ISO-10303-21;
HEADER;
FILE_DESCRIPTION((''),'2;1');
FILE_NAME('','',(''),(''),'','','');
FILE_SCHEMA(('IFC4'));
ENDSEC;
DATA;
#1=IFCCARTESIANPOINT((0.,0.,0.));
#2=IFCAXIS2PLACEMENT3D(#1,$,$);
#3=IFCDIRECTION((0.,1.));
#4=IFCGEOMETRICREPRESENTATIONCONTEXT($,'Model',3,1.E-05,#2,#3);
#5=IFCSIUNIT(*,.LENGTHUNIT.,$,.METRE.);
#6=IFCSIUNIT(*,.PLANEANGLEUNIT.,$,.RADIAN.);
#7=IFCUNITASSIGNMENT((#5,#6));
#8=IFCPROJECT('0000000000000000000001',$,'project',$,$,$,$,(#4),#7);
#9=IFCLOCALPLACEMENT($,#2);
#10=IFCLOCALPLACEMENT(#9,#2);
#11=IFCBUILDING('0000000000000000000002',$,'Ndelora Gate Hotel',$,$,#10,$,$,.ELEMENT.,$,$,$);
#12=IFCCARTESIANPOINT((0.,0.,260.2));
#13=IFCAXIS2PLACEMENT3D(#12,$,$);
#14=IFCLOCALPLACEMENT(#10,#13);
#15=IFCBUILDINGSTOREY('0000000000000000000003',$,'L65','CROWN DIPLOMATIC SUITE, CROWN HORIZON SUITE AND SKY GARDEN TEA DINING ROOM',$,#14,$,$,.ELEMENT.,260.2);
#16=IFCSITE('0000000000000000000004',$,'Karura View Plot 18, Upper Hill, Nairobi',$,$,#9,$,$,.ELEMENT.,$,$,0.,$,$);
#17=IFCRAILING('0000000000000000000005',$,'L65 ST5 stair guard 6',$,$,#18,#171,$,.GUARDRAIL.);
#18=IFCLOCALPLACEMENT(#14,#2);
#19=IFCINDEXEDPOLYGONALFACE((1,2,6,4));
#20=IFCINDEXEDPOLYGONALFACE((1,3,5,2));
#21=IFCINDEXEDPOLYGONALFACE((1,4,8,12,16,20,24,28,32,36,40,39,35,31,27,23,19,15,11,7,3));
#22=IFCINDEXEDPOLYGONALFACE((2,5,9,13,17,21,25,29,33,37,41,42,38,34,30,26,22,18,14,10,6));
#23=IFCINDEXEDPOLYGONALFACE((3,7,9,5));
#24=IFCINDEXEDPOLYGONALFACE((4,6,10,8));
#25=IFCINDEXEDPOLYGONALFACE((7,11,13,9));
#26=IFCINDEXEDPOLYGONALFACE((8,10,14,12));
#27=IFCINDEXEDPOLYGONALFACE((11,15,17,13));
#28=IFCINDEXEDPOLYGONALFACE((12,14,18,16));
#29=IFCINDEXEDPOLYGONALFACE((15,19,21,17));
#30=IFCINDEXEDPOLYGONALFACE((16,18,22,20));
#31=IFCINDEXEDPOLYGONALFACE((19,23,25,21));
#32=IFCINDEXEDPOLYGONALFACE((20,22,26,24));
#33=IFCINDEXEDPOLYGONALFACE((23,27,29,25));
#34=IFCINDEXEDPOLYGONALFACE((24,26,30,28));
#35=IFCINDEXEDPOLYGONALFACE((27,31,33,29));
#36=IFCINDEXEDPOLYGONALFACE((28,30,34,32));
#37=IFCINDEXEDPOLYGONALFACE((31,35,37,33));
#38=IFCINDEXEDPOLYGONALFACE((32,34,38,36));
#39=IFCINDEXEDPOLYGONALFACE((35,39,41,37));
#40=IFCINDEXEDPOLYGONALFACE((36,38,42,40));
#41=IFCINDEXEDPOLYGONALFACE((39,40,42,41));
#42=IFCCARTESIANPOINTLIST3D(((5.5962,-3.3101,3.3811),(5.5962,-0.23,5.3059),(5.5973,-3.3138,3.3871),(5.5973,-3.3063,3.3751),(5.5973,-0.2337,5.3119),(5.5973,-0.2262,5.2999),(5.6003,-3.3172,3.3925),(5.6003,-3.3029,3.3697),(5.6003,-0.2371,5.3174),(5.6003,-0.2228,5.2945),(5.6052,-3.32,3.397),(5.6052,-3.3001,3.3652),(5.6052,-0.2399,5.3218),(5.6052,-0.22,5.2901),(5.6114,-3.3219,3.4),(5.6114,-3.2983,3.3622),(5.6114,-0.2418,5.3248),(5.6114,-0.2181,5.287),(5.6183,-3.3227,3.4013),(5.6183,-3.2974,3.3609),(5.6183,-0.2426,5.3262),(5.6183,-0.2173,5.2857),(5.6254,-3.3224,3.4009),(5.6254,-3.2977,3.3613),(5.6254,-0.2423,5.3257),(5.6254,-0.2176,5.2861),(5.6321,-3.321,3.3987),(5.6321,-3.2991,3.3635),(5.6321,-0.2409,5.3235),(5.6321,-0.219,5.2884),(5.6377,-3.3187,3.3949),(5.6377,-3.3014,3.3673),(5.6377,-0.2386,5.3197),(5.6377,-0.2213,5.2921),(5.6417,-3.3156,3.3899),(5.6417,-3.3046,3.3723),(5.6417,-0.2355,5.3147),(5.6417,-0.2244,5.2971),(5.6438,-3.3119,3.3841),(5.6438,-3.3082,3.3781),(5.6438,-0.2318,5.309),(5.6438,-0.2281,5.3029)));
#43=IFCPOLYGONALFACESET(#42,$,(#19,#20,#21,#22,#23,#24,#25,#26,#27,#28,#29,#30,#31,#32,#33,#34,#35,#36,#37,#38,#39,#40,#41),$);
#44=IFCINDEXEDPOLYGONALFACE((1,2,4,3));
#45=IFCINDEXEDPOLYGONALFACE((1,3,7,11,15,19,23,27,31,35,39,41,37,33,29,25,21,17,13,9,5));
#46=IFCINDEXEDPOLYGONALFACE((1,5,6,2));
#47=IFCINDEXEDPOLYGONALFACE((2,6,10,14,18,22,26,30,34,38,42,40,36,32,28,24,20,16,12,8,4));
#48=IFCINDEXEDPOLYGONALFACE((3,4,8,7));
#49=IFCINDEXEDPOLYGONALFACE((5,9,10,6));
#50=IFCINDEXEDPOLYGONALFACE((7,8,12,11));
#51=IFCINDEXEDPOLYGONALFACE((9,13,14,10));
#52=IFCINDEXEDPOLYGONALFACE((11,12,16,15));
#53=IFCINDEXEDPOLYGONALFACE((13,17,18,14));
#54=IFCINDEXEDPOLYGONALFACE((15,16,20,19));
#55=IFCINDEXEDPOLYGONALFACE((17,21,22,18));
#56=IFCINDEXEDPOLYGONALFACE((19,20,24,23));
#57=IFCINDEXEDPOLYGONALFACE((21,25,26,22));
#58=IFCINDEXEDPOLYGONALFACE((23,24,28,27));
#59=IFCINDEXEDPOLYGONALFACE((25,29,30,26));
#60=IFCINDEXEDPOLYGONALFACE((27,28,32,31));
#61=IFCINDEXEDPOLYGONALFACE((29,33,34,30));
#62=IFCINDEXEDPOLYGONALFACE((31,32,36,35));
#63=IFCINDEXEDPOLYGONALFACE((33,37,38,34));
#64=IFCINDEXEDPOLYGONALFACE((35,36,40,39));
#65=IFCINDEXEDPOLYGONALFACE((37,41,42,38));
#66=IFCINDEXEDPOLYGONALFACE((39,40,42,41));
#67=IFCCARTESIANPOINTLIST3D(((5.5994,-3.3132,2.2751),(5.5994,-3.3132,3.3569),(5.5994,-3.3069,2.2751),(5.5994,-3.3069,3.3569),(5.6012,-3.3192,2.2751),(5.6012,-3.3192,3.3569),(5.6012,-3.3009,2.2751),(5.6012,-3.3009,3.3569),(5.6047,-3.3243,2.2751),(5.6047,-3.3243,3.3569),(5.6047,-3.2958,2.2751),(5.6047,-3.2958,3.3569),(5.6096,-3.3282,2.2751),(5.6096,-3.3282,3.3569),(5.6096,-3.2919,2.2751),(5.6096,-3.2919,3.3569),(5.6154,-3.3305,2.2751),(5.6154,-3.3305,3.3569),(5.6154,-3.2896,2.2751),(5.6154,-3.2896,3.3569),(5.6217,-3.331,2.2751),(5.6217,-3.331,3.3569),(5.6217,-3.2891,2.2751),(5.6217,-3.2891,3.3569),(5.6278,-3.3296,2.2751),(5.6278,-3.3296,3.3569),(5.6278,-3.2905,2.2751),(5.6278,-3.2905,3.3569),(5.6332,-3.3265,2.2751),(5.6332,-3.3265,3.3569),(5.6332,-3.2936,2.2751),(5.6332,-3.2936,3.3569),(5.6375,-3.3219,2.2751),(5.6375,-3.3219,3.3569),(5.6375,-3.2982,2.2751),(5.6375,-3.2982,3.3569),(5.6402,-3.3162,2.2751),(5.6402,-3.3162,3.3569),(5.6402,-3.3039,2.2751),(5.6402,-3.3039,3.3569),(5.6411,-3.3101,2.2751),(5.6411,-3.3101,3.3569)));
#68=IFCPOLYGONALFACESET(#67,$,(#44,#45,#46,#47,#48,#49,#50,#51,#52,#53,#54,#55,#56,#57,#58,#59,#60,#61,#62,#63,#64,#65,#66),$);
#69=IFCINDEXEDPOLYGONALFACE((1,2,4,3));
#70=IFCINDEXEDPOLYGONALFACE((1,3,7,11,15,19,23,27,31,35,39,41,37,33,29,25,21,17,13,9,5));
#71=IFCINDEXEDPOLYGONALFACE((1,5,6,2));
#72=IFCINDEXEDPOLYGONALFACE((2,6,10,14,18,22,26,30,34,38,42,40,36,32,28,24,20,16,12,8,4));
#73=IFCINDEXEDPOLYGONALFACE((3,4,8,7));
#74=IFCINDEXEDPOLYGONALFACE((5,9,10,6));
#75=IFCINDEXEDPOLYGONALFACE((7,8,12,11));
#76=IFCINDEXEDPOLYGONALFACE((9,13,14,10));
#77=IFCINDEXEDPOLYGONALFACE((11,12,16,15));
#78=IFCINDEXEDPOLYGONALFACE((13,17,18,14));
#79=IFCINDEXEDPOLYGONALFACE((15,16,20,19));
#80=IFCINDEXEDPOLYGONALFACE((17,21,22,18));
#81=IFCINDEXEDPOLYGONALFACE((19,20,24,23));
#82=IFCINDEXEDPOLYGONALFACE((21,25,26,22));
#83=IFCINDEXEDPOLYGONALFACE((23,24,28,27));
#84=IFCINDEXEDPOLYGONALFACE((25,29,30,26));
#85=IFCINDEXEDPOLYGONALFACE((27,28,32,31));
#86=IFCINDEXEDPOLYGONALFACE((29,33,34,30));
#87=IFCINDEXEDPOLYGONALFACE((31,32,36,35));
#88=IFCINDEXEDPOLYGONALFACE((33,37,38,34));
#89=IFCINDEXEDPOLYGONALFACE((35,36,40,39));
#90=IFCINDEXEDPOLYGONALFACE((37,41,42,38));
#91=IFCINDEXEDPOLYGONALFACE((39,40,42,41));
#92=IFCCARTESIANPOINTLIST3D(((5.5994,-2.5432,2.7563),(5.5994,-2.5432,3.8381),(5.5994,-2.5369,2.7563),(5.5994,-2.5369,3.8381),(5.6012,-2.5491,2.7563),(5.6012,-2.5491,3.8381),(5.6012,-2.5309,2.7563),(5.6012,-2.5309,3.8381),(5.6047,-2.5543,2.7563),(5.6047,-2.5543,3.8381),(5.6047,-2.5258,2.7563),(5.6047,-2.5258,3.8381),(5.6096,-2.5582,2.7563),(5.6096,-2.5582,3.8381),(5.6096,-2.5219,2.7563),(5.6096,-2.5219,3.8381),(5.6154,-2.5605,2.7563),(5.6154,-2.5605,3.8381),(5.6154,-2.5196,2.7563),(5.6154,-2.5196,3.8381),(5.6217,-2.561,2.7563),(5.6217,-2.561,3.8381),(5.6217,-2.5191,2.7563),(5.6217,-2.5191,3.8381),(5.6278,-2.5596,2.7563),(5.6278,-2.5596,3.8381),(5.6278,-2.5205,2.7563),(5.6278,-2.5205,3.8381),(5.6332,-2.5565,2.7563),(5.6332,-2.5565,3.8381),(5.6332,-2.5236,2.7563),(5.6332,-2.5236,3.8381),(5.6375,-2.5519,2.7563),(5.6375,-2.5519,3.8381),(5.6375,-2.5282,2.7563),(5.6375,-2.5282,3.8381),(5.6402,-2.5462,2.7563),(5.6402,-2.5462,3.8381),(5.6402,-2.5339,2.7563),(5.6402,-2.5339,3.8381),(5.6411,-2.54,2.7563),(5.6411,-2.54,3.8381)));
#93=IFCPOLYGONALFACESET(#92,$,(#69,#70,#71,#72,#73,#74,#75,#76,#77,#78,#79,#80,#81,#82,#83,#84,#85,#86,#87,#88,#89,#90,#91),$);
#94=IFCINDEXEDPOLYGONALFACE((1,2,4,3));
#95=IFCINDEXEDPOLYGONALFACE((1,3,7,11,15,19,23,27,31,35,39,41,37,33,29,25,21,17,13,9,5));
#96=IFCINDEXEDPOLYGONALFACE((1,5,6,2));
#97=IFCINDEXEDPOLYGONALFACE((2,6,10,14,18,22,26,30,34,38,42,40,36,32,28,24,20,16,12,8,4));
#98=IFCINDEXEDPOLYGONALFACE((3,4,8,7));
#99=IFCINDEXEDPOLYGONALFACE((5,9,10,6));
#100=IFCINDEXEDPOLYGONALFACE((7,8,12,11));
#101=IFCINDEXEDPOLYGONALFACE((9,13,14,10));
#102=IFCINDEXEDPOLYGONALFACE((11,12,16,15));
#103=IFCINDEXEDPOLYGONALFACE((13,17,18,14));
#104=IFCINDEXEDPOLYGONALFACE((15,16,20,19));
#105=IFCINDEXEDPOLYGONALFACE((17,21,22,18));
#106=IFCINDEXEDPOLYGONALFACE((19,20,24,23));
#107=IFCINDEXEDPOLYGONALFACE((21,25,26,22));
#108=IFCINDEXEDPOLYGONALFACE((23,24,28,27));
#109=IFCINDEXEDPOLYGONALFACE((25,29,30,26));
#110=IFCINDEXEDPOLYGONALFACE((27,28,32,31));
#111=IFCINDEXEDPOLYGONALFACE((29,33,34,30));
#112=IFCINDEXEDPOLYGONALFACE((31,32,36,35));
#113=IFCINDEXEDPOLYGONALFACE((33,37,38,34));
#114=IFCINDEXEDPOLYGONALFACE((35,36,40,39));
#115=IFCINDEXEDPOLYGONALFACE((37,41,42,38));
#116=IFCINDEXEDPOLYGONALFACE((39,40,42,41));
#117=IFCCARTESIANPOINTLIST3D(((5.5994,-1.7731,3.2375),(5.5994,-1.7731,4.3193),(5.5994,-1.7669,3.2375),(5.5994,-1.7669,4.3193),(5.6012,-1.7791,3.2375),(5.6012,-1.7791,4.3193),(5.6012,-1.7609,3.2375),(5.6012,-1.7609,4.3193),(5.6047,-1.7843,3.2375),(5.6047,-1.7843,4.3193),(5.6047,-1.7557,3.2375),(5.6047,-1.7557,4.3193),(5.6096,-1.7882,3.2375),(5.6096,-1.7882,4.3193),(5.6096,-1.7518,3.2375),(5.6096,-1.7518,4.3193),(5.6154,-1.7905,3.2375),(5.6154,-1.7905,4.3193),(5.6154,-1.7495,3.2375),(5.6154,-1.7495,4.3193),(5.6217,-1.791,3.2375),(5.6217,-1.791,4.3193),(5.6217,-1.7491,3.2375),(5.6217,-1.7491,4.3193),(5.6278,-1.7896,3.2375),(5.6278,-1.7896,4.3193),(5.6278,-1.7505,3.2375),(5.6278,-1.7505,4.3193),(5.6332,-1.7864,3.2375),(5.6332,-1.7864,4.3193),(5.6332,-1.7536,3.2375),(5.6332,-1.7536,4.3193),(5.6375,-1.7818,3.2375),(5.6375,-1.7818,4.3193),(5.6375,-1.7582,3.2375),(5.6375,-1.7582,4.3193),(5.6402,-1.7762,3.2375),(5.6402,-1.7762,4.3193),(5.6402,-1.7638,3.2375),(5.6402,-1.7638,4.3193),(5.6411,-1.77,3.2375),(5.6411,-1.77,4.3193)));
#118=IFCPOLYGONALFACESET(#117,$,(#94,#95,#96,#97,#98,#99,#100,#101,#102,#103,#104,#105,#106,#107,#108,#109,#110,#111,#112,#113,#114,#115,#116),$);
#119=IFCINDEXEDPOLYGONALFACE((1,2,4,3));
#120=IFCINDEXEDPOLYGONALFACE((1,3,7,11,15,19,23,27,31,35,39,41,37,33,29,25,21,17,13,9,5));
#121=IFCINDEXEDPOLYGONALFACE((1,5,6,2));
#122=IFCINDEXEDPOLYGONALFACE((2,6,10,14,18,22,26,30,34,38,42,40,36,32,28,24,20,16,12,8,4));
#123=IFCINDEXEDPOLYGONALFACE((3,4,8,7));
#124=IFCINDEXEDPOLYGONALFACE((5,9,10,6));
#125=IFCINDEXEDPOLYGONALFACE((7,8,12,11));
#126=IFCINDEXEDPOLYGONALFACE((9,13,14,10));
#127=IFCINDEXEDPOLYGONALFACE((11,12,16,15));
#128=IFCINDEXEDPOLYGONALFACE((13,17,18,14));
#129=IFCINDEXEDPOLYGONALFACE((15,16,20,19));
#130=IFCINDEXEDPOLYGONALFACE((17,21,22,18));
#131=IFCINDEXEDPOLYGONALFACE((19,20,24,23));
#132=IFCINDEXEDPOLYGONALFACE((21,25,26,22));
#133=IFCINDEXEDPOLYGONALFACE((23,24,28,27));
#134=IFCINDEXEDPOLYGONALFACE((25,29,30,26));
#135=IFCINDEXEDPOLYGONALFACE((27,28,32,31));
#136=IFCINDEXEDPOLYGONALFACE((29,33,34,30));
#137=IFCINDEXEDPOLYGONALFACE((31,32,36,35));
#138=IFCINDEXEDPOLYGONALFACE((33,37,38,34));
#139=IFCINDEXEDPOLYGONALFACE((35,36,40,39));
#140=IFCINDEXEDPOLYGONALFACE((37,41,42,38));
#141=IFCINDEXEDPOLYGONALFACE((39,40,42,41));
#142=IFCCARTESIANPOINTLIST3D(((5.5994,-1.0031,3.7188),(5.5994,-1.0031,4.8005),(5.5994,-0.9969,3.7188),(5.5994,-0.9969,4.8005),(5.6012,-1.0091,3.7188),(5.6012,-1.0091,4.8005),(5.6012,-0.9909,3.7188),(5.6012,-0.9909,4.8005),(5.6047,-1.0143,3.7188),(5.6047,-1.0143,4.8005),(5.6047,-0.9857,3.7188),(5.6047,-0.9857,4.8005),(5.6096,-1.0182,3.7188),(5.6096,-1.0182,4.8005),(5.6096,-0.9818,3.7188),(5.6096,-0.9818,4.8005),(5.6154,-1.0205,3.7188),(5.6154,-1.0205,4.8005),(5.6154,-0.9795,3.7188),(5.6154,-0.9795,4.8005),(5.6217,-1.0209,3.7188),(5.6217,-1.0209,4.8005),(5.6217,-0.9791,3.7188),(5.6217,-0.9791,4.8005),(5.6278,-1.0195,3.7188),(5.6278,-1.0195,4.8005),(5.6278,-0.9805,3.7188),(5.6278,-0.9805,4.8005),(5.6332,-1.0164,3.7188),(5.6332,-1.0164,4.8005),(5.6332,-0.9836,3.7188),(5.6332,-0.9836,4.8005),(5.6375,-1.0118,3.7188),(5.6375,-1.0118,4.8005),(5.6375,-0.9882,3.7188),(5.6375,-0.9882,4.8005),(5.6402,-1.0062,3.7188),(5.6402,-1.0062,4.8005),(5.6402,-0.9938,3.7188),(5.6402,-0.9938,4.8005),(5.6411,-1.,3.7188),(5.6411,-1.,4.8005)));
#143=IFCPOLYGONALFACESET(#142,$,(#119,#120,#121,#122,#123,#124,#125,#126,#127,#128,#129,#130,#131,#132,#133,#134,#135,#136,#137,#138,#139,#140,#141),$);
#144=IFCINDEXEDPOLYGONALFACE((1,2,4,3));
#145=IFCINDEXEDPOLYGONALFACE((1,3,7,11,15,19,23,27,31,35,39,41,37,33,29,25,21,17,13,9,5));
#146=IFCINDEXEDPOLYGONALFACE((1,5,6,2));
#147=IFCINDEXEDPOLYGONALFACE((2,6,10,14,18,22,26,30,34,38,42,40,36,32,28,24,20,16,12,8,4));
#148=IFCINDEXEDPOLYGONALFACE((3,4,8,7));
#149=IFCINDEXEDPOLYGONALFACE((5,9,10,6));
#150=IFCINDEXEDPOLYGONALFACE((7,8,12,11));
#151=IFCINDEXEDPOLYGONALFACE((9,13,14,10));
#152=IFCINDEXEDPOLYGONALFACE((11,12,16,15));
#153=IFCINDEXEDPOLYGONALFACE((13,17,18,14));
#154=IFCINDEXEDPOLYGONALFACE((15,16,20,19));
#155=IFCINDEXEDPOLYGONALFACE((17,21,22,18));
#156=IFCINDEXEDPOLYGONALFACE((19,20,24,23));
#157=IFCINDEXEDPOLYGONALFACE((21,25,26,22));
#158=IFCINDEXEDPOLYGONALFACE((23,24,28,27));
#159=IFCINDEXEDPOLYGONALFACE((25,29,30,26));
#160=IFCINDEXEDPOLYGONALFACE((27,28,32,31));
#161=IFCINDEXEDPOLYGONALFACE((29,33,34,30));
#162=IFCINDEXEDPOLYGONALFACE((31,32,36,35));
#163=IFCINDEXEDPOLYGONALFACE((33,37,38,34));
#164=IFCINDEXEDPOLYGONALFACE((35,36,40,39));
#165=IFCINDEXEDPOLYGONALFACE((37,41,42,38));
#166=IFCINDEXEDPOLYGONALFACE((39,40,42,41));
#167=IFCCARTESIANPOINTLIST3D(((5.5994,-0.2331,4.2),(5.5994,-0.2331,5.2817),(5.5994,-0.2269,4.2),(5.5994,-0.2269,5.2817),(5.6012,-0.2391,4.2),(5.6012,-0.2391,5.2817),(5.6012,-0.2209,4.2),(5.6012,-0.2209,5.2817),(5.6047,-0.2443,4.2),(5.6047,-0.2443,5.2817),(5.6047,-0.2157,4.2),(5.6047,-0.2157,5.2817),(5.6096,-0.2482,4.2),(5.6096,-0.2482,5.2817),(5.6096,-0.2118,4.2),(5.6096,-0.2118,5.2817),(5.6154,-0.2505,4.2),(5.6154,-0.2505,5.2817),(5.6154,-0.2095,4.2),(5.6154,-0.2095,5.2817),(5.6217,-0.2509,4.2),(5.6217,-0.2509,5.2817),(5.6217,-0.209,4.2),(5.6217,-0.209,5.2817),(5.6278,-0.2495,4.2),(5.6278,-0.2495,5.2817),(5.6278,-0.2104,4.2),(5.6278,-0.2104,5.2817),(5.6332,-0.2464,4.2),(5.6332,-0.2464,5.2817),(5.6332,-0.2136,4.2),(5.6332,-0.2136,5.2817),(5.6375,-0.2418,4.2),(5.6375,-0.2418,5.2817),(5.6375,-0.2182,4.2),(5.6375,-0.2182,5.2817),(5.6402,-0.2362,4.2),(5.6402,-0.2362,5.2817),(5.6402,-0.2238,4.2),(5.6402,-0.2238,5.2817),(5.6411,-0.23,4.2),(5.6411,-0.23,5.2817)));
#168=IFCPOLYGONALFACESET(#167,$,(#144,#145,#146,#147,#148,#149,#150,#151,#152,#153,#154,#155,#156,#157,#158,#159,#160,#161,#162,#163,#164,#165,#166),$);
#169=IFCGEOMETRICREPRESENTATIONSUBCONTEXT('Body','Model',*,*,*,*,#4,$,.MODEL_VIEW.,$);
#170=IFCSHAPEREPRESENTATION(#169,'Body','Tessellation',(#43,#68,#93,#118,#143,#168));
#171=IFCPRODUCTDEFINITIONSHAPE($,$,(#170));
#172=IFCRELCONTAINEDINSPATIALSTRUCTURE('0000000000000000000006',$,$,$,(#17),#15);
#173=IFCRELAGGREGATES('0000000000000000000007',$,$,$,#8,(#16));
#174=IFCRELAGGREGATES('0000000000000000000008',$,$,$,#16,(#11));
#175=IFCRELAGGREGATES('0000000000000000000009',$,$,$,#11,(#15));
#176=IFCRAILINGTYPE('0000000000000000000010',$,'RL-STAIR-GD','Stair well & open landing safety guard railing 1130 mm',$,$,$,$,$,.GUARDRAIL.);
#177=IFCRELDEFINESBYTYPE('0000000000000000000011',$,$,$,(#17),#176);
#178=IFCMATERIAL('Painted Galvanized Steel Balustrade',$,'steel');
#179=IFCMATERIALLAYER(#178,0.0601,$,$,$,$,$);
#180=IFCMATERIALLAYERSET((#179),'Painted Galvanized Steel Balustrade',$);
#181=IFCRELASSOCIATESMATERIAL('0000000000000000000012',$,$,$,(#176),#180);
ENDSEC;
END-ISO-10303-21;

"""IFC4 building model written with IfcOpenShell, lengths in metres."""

from ifc_helpers import new_model, si_unit, direction, frame, origin, origin_2d, place, context, subcontext, project, spatial, circle, extrude, material, layer, layer_set, type_object, element, save


model = new_model("IFC4")

# Units and contexts
model_context = context("Model", 3, precision=1e-05, world=origin(), true_north=direction((0.0, 1.0)))
body_context = subcontext(model_context, "Body", "Model", "MODEL_VIEW")
ifc_project = project(units=[si_unit("LENGTHUNIT", "METRE"), si_unit("PLANEANGLEUNIT", "RADIAN")], contexts=[model_context])

# Site, building, storey
site_placement = place(None, origin())
site = spatial("IfcSite", under=ifc_project, at=site_placement, Name="Karura View Plot 18, Upper Hill, Nairobi", CompositionType="ELEMENT", RefElevation=0.0)
building_placement = place(site_placement, origin())
building = spatial("IfcBuilding", under=site, at=building_placement, Name="Ndelora Gate Hotel", CompositionType="ELEMENT")
storey_placement = place(building_placement, frame((0.0, 0.0, 260.2)))
storey = spatial("IfcBuildingStorey", under=building, at=storey_placement, Name="L65", Description="CROWN DIPLOMATIC SUITE, CROWN HORIZON SUITE AND SKY GARDEN TEA DINING ROOM", CompositionType="ELEMENT", Elevation=260.2)

# Railing
ifc_material_1 = material(Name="Painted Galvanized Steel Balustrade", Category="steel")
ifc_layer_1 = layer(ifc_material_1, 0.0601)
ifc_layer_set_1 = layer_set([ifc_layer_1], Name="Painted Galvanized Steel Balustrade")
railing_type_1 = type_object("IfcRailingType", Name="RL-STAIR-GD", Description="Stair well & open landing safety guard railing 1130 mm", PredefinedType="GUARDRAIL", material=ifc_layer_set_1)
railing_1_placement = place(storey_placement, frame((5.6201, -3.3101, 2.2751)))
element("IfcRailing", 1, at=railing_1_placement, inside=storey, type_object=railing_type_1, Name="L65 ST5 stair guard 6", PredefinedType="GUARDRAIL", context=body_context, shape_type="SweptSolid", body=[
    extrude(circle(Radius=0.0239, at=origin_2d()), frame((0.0, 0.0, 1.106), z_axis=(0.0, 0.848029, 0.529951), x_axis=(-1.0, 0.0, 0.0)), (0.0, 0.0, 1.0), 3.6321),
    extrude(circle(Radius=0.021, at=origin_2d()), origin(), (0.0, 0.0, 1.0), 1.0818),
    extrude(circle(Radius=0.021, at=origin_2d()), frame((0.0, 0.77, 0.4812)), (0.0, 0.0, 1.0), 1.0818),
    extrude(circle(Radius=0.021, at=origin_2d()), frame((0.0, 1.54, 0.9624)), (0.0, 0.0, 1.0), 1.0818),
    extrude(circle(Radius=0.021, at=origin_2d()), frame((0.0, 2.3101, 1.4436)), (0.0, 0.0, 1.0), 1.0818),
    extrude(circle(Radius=0.021, at=origin_2d()), frame((0.0, 3.0801, 1.9248)), (0.0, 0.0, 1.0), 1.0818),
])

save(model, "model.ifc")
